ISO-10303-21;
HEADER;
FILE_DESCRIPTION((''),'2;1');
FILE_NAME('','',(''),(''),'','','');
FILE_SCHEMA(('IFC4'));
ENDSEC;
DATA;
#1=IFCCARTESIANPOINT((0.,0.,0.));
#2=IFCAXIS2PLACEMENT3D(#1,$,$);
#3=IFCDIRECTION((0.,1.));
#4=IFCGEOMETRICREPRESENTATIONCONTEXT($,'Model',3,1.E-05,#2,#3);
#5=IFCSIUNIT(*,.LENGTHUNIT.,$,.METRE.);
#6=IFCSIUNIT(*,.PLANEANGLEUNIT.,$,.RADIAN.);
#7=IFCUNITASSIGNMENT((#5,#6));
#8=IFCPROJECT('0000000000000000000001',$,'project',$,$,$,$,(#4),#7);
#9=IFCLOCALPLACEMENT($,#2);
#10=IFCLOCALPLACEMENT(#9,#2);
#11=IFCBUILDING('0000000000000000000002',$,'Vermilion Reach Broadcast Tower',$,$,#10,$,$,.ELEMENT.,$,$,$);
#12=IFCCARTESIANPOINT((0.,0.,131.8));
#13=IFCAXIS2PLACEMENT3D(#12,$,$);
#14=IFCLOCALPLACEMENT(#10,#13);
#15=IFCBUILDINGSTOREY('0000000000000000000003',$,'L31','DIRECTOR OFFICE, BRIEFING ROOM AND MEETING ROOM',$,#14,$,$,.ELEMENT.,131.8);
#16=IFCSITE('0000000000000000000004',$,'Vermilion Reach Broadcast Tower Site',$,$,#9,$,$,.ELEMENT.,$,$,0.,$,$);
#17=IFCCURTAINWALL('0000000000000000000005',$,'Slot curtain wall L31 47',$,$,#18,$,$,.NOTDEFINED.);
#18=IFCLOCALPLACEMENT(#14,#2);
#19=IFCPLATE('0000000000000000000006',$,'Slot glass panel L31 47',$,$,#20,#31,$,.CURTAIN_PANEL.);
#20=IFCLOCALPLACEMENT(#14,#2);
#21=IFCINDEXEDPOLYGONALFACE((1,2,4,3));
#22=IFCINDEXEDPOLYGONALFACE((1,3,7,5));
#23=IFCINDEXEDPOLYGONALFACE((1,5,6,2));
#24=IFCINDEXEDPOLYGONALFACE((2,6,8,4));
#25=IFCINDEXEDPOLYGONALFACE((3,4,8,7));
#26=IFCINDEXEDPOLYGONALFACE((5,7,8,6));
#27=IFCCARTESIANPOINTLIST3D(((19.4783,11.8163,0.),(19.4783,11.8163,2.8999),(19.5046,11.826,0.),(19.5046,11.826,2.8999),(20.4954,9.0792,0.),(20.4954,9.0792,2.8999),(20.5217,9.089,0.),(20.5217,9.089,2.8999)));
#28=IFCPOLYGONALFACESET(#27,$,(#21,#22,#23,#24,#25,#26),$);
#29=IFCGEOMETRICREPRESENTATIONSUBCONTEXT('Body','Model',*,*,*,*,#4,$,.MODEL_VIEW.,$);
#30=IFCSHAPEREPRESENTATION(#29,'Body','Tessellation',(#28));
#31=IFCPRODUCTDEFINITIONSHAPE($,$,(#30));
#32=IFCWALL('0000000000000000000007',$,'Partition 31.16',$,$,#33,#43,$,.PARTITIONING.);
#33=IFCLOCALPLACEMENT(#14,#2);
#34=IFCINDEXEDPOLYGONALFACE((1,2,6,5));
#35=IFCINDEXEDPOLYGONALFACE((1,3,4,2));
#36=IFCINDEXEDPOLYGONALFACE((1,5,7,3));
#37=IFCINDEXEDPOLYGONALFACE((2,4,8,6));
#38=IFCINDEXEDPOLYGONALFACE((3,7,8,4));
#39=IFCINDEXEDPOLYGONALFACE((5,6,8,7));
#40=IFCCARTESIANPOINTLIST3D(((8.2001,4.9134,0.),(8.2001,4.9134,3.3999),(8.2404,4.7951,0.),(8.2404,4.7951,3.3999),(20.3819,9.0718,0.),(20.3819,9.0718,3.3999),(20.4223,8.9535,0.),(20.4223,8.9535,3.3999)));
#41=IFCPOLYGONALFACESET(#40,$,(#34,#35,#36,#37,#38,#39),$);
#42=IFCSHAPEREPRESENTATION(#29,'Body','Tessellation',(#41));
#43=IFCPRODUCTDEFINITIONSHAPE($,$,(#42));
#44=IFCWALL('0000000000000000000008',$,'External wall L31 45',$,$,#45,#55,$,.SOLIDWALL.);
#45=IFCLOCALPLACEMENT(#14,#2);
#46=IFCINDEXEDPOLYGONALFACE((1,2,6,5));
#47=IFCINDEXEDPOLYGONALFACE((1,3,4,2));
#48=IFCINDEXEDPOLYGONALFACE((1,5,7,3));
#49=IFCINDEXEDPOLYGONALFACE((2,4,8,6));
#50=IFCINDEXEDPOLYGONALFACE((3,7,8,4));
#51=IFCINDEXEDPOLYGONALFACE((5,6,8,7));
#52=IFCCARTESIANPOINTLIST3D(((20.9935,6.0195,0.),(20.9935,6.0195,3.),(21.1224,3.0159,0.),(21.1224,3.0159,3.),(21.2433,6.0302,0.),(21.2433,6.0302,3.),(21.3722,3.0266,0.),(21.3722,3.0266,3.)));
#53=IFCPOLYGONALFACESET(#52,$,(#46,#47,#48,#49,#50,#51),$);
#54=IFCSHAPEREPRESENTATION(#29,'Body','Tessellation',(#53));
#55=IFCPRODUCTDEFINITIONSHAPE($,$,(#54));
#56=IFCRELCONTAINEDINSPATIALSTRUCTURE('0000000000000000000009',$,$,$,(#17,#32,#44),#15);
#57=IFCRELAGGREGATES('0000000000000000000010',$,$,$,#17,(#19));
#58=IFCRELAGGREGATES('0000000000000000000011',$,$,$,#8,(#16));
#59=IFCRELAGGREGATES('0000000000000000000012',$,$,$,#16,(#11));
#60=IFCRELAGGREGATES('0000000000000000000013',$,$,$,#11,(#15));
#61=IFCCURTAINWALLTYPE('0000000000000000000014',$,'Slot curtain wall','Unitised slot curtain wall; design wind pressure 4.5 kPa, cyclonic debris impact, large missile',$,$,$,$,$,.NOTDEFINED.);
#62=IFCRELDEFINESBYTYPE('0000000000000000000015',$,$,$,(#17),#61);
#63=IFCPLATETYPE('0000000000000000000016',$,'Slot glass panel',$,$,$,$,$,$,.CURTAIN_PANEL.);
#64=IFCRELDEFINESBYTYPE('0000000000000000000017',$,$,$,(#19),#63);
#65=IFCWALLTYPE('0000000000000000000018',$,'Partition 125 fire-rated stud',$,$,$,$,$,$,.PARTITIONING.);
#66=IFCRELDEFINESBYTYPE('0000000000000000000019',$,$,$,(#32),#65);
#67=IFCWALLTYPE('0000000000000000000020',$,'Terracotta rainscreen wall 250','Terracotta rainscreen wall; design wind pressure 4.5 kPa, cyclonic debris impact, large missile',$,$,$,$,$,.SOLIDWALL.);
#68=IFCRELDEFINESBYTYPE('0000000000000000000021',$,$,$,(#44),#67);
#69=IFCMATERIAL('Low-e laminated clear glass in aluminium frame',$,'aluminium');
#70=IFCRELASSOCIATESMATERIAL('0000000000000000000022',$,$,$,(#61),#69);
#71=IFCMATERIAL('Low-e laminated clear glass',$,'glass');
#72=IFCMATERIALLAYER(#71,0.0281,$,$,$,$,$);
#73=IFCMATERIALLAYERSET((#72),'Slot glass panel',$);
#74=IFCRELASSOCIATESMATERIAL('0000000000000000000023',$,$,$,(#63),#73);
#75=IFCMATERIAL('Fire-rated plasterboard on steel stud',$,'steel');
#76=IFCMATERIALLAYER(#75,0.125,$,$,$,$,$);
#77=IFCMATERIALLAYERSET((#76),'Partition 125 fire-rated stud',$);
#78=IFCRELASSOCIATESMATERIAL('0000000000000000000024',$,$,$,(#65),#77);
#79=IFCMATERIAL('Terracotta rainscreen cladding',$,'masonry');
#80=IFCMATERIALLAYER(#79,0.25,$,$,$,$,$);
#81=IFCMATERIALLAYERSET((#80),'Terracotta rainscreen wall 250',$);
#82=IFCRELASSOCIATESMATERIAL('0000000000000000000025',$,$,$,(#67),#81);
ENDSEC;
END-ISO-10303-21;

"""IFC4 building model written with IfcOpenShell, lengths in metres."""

from ifc_helpers import new_model, si_unit, direction, frame, frame_2d, origin, origin_2d, place, context, subcontext, project, spatial, rectangle, extrude, material, layer, layer_set, type_object, element, aggregate, save


model = new_model("IFC4")

# Units and contexts
model_context = context("Model", 3, precision=1e-05, world=origin(), true_north=direction((0.0, 1.0)))
body_context = subcontext(model_context, "Body", "Model", "MODEL_VIEW")
ifc_project = project(units=[si_unit("LENGTHUNIT", "METRE"), si_unit("PLANEANGLEUNIT", "RADIAN")], contexts=[model_context])

# Site, building, storey
site_placement = place(None, origin())
site = spatial("IfcSite", under=ifc_project, at=site_placement, Name="Vermilion Reach Broadcast Tower Site", CompositionType="ELEMENT", RefElevation=0.0)
building_placement = place(site_placement, origin())
building = spatial("IfcBuilding", under=site, at=building_placement, Name="Vermilion Reach Broadcast Tower", CompositionType="ELEMENT")
storey_placement = place(building_placement, frame((0.0, 0.0, 131.8)))
storey = spatial("IfcBuildingStorey", under=building, at=storey_placement, Name="L31", Description="DIRECTOR OFFICE, BRIEFING ROOM AND MEETING ROOM", CompositionType="ELEMENT", Elevation=131.8)

# Curtain wall
ifc_material_1 = material(Name="Low-e laminated clear glass in aluminium frame", Category="aluminium")
curtain_wall_type = type_object("IfcCurtainWallType", Name="Slot curtain wall", Description="Unitised slot curtain wall; design wind pressure 4.5 kPa, cyclonic debris impact, large missile", PredefinedType="NOTDEFINED", material=ifc_material_1)
placement = place(storey_placement, origin())
curtain_wall_1 = element("IfcCurtainWall", 1, at=placement, inside=storey, type_object=curtain_wall_type, Name="Slot curtain wall L31 47", PredefinedType="NOTDEFINED")

# Plate
ifc_material_2 = material(Name="Low-e laminated clear glass", Category="glass")
ifc_layer_1 = layer(ifc_material_2, 0.0281)
ifc_layer_set_1 = layer_set([ifc_layer_1], Name="Slot glass panel")
plate_type = type_object("IfcPlateType", Name="Slot glass panel", PredefinedType="CURTAIN_PANEL", material=ifc_layer_set_1)
plate_1_placement = place(storey_placement, frame((20.0, 10.4526, 0.0), z_axis=(0.0, 0.0, 1.0), x_axis=(-0.348356, 0.937362, 0.0)))
plate_1 = element("IfcPlate", 2, at=plate_1_placement, type_object=plate_type, Name="Slot glass panel L31 47", PredefinedType="CURTAIN_PANEL", context=body_context, shape_type="SweptSolid", body=[
    extrude(rectangle(XDim=2.9199, YDim=0.0281, at=origin_2d()), origin(), (0.0, 0.0, 1.0), 2.8999),
])
aggregate(curtain_wall_1, [plate_1])

# Walls
ifc_material_3 = material(Name="Fire-rated plasterboard on steel stud", Category="steel")
ifc_layer_2 = layer(ifc_material_3, 0.125)
ifc_layer_set_2 = layer_set([ifc_layer_2], Name="Partition 125 fire-rated stud")
wall_type_1 = type_object("IfcWallType", Name="Partition 125 fire-rated stud", PredefinedType="PARTITIONING", material=ifc_layer_set_2)
wall_1_placement = place(storey_placement, frame((20.4021, 9.0127, 0.0), z_axis=(0.0, 0.0, 1.0), x_axis=(-0.946379, -0.323059, 0.0)))
element("IfcWall", 3, at=wall_1_placement, inside=storey, type_object=wall_type_1, Name="Partition 31.16", PredefinedType="PARTITIONING", context=body_context, shape_type="SweptSolid", body=[
    extrude(rectangle(XDim=12.8721, YDim=0.125, at=frame_2d((6.436, 0.0))), origin(), (0.0, 0.0, 1.0), 3.3999),
])
ifc_material_4 = material(Name="Terracotta rainscreen cladding", Category="masonry")
ifc_layer_3 = layer(ifc_material_4, 0.25)
ifc_layer_set_3 = layer_set([ifc_layer_3], Name="Terracotta rainscreen wall 250")
wall_type_2 = type_object("IfcWallType", Name="Terracotta rainscreen wall 250", Description="Terracotta rainscreen wall; design wind pressure 4.5 kPa, cyclonic debris impact, large missile", PredefinedType="SOLIDWALL", material=ifc_layer_set_3)
wall_2_placement = place(storey_placement, frame((21.2473, 3.0212, 0.0), z_axis=(0.0, 0.0, 1.0), x_axis=(-0.042877, 0.99908, 0.0)))
element("IfcWall", 4, at=wall_2_placement, inside=storey, type_object=wall_type_2, Name="External wall L31 45", PredefinedType="SOLIDWALL", context=body_context, shape_type="SweptSolid", body=[
    extrude(rectangle(XDim=3.0063, YDim=0.25, at=frame_2d((1.5032, 0.0))), origin(), (0.0, 0.0, 1.0), 3.0),
])

save(model, "model.ifc")
